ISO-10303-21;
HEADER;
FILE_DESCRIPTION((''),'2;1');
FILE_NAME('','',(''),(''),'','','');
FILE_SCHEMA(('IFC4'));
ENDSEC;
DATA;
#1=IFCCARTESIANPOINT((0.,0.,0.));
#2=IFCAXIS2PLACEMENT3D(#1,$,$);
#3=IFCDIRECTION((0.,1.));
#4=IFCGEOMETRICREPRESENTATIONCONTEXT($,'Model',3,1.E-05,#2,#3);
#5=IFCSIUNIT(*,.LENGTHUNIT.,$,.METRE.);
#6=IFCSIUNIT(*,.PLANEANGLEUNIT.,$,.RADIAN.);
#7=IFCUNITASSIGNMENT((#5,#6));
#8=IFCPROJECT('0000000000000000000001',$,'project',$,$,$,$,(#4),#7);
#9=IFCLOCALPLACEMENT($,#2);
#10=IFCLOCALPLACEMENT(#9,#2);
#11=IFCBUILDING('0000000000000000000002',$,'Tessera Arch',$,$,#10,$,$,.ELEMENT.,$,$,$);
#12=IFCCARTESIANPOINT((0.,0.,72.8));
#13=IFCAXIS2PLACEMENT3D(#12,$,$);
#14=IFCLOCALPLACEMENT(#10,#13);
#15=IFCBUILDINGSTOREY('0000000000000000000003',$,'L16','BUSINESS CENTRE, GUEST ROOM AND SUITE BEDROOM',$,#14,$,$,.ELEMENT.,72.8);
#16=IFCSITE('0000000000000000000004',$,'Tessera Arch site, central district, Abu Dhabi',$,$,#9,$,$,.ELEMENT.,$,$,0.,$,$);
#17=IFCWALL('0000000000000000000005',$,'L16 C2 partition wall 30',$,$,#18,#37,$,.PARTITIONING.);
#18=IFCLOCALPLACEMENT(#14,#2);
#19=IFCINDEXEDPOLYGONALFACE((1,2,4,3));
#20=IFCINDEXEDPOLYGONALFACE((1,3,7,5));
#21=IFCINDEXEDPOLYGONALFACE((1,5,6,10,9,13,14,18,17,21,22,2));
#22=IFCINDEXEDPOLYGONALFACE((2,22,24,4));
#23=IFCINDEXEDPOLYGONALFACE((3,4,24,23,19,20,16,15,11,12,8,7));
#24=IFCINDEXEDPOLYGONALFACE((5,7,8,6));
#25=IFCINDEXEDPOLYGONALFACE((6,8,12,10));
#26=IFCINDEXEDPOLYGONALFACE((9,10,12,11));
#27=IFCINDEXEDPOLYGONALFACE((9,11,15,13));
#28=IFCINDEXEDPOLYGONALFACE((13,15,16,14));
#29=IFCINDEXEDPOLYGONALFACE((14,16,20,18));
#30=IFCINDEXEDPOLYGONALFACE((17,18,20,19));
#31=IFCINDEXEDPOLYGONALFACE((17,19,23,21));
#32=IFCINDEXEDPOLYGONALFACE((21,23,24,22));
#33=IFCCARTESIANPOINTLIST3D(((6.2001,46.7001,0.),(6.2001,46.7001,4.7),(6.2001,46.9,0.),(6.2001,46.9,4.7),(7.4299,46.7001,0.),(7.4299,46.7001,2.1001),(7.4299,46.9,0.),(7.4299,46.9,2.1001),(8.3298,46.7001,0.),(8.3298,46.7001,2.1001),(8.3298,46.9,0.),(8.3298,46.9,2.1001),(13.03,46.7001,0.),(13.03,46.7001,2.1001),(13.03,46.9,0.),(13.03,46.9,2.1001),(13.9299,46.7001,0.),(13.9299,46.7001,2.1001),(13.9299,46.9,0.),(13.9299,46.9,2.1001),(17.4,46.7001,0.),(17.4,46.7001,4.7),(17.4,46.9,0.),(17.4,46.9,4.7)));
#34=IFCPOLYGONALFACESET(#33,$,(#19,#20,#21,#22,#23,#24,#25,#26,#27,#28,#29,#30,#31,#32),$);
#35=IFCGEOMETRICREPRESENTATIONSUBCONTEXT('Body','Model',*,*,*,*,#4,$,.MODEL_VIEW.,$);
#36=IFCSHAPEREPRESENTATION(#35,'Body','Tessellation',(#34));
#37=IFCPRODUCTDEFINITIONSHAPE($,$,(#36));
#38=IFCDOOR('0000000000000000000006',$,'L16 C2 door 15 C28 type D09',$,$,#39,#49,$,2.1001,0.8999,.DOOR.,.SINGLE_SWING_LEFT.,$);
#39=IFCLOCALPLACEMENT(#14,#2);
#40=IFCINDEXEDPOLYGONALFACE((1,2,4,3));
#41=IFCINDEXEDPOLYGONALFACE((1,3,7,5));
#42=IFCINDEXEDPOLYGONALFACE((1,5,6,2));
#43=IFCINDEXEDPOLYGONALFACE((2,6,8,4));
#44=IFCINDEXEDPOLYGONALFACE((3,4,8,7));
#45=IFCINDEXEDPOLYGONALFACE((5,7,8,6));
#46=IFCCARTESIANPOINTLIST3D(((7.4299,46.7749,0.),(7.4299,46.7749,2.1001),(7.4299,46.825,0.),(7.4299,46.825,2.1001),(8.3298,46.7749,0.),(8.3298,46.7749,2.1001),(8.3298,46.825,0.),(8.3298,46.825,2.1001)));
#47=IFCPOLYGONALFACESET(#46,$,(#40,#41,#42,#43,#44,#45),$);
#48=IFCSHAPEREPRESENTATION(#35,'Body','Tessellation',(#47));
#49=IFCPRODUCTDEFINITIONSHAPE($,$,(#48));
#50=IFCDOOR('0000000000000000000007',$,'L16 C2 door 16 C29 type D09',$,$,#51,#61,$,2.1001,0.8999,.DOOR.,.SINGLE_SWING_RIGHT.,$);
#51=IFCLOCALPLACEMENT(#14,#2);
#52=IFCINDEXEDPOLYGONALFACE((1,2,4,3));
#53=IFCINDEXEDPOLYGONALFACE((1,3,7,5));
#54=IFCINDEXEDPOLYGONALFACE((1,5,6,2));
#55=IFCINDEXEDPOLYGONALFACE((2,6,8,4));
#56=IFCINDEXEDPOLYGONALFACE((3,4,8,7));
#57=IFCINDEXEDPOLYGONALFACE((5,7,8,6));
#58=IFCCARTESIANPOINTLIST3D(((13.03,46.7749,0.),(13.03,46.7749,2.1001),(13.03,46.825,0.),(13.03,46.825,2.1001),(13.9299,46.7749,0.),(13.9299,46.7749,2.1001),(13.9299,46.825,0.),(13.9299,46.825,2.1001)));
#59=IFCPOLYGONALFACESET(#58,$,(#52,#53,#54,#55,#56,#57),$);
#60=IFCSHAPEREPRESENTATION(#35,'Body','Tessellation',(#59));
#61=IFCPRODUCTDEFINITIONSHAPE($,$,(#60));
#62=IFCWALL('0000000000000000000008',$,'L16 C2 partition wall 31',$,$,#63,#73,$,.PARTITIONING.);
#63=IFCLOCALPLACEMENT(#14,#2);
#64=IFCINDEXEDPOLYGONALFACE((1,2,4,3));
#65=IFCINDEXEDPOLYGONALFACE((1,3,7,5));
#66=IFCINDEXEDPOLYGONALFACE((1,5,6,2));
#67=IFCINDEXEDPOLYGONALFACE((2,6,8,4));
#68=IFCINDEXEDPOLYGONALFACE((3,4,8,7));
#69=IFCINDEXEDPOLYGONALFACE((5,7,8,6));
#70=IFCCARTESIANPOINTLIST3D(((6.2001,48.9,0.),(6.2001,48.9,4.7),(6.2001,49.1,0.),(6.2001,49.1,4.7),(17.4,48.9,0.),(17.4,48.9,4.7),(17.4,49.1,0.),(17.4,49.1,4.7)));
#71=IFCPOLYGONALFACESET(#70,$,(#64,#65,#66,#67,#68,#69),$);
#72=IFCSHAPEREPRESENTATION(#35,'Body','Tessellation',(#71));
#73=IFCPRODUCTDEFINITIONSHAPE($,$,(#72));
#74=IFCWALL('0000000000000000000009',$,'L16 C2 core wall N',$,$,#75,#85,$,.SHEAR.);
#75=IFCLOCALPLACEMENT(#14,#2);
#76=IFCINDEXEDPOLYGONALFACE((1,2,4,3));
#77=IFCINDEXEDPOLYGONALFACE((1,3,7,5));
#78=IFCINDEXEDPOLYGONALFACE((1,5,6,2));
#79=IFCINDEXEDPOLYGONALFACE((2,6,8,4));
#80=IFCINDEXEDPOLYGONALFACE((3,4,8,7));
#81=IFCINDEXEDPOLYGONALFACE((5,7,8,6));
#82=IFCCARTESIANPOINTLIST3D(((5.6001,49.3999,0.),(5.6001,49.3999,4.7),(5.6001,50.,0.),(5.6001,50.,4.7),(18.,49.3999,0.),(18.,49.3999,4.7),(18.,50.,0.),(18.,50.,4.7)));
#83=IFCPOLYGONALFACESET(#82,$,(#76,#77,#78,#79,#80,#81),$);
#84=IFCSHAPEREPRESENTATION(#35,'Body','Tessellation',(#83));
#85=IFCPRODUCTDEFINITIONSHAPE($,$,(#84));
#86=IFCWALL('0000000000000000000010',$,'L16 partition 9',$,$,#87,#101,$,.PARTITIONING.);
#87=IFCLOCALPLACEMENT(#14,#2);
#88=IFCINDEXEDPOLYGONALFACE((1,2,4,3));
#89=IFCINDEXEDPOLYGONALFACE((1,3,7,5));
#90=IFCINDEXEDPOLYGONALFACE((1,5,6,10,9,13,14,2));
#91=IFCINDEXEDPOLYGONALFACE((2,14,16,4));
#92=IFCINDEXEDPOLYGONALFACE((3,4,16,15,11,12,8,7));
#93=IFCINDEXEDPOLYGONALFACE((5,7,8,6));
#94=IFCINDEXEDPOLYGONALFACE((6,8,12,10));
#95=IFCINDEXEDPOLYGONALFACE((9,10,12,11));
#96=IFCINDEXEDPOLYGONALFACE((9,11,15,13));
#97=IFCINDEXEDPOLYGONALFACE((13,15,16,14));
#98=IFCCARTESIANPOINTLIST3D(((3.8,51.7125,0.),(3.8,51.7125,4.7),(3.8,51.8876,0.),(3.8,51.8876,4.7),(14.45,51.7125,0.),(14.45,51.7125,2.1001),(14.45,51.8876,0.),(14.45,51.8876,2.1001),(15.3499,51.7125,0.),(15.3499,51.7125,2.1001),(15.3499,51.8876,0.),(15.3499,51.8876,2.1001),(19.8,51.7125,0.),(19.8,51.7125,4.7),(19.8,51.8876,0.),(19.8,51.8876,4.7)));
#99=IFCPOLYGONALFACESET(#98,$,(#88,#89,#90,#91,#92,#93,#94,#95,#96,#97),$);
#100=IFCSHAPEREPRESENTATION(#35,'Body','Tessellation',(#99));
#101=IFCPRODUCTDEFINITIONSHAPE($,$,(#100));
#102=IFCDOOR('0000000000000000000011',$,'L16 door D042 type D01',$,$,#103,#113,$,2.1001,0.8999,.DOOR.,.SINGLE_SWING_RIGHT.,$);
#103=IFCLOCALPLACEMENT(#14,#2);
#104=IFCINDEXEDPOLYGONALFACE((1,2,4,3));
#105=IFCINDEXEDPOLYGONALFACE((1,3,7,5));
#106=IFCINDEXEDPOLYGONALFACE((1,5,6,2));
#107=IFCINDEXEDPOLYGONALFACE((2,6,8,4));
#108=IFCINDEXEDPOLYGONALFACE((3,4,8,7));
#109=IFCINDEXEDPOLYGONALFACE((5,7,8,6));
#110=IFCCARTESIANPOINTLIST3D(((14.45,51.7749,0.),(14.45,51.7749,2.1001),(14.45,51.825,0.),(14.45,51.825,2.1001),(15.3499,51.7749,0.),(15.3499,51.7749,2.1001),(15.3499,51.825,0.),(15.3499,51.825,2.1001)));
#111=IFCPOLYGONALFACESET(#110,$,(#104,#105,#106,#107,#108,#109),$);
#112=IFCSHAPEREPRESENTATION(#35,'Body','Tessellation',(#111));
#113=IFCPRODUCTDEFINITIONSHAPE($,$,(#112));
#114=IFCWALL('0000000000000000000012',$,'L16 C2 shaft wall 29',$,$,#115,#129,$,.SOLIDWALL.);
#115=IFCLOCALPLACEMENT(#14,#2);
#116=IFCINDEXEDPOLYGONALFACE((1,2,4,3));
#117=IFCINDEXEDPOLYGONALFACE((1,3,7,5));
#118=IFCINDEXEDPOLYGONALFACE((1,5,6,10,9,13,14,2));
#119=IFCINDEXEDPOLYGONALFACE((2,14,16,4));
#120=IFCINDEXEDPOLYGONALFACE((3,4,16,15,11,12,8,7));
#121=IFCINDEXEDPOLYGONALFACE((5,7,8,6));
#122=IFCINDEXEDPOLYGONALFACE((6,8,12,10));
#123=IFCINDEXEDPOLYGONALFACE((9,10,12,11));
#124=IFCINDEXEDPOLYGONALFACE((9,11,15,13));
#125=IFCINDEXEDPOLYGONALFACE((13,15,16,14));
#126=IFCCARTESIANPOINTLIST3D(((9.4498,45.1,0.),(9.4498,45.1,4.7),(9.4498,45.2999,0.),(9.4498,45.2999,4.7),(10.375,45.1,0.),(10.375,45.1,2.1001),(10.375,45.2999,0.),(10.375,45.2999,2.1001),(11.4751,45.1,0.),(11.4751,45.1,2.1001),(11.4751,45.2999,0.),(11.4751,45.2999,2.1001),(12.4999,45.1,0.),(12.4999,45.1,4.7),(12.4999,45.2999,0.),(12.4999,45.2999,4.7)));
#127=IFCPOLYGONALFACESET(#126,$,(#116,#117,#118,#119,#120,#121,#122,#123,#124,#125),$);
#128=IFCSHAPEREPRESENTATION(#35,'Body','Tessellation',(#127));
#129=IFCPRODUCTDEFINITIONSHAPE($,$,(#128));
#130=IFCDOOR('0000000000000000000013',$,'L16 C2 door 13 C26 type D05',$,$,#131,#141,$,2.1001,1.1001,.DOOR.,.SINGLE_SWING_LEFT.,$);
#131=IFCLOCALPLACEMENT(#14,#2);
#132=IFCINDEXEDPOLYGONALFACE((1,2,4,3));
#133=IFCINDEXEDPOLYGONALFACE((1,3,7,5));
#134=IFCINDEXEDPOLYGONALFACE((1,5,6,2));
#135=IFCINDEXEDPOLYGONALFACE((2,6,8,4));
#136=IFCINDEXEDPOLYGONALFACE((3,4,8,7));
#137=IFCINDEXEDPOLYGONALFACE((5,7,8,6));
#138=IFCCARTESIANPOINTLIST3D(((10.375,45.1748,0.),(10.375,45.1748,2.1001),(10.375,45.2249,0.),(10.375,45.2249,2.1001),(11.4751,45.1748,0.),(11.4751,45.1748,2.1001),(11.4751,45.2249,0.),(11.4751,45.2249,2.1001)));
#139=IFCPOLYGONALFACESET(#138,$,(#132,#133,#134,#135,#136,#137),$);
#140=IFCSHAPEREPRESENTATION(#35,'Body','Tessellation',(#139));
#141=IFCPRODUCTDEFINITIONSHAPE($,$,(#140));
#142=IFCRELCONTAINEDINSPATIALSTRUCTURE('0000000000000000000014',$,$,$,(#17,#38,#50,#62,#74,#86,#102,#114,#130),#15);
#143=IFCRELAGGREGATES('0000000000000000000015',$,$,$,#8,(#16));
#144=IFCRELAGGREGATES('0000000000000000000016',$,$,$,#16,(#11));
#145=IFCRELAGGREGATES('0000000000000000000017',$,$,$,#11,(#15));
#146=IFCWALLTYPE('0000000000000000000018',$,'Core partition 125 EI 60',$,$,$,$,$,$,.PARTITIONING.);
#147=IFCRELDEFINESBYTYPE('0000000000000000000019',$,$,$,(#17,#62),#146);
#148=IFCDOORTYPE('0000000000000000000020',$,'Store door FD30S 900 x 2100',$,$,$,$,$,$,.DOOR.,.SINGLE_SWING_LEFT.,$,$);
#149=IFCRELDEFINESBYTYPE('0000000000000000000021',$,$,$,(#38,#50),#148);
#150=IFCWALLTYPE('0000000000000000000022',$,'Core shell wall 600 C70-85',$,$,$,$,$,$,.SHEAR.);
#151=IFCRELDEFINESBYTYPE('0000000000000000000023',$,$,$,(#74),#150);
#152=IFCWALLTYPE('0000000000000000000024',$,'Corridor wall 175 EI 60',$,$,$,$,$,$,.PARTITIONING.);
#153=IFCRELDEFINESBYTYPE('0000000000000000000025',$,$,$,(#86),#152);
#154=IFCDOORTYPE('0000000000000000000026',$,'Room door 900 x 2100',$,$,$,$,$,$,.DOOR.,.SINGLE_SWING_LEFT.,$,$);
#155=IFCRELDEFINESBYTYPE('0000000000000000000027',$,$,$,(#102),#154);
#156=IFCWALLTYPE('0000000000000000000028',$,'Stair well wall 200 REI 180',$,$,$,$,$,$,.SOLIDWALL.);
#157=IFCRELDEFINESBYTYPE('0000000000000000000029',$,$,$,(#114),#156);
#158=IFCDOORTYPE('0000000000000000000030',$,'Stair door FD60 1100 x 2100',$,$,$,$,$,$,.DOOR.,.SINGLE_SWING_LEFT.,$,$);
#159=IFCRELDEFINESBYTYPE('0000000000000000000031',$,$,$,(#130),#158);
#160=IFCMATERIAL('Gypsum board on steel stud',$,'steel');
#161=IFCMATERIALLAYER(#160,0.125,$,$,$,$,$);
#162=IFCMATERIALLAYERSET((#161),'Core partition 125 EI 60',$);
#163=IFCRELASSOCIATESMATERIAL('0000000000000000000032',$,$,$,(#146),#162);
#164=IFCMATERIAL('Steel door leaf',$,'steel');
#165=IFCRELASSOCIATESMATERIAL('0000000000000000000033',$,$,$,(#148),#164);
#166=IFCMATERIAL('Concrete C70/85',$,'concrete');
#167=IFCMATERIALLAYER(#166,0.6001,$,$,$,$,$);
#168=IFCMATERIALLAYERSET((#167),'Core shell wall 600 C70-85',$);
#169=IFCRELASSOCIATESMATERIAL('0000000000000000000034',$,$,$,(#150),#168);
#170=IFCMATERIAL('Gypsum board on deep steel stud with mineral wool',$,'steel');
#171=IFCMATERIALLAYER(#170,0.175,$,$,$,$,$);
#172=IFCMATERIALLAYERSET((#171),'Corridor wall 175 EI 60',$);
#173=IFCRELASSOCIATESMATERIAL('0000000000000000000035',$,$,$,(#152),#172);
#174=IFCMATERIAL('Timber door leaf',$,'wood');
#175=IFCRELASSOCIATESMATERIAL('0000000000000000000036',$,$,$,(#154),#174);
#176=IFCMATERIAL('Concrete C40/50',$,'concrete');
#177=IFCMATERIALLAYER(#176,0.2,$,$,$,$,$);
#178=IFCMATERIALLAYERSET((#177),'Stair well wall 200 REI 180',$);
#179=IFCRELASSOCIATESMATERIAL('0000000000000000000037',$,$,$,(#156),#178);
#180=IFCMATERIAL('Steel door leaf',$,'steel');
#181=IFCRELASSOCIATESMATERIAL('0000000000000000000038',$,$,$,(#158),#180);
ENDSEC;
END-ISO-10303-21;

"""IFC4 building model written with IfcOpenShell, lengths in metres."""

from ifc_helpers import new_model, si_unit, direction, frame, frame_2d, origin, place, context, subcontext, project, spatial, rectangle, extrude, material, layer, layer_set, type_object, element, fill, save


model = new_model("IFC4")

# Units and contexts
model_context = context("Model", 3, precision=1e-05, world=origin(), true_north=direction((0.0, 1.0)))
body_context = subcontext(model_context, "Body", "Model", "MODEL_VIEW")
ifc_project = project(units=[si_unit("LENGTHUNIT", "METRE"), si_unit("PLANEANGLEUNIT", "RADIAN")], contexts=[model_context])

# Site, building, storey
site_placement = place(None, origin())
site = spatial("IfcSite", under=ifc_project, at=site_placement, Name="Tessera Arch site, central district, Abu Dhabi", CompositionType="ELEMENT", RefElevation=0.0)
building_placement = place(site_placement, origin())
building = spatial("IfcBuilding", under=site, at=building_placement, Name="Tessera Arch", CompositionType="ELEMENT")
storey_placement = place(building_placement, frame((0.0, 0.0, 72.8)))
storey = spatial("IfcBuildingStorey", under=building, at=storey_placement, Name="L16", Description="BUSINESS CENTRE, GUEST ROOM AND SUITE BEDROOM", CompositionType="ELEMENT", Elevation=72.8)

# Wall, openings, doors
ifc_material_1 = material(Name="Gypsum board on steel stud", Category="steel")
ifc_layer_1 = layer(ifc_material_1, 0.125)
ifc_layer_set_1 = layer_set([ifc_layer_1], Name="Core partition 125 EI 60")
wall_type_1 = type_object("IfcWallType", Name="Core partition 125 EI 60", PredefinedType="PARTITIONING", material=ifc_layer_set_1)
wall_1_placement = place(storey_placement, frame((6.2, 46.8, 0.0), z_axis=(0.0, 0.0, 1.0), x_axis=(1.0, 0.0, 0.0)))
wall_1 = element("IfcWall", 1, at=wall_1_placement, inside=storey, type_object=wall_type_1, Name="L16 C2 partition wall 30", PredefinedType="PARTITIONING", context=body_context, shape_type="SweptSolid", body=[
    extrude(rectangle(XDim=11.2, YDim=0.2, at=frame_2d((5.6001, 0.0))), origin(), (0.0, 0.0, 1.0), 4.7),
])
opening_1_placement = place(wall_1_placement, frame((1.23, 0.0, 0.0)))
opening_1 = element("IfcOpeningElement", 2, at=opening_1_placement, cuts=wall_1, PredefinedType="OPENING", context=body_context, shape_type="SweptSolid", body=[
    extrude(rectangle(XDim=0.8999, YDim=2.1001, at=frame_2d((0.45, 1.05))), frame((0.0, 0.1099, 0.0), z_axis=(0.0, -1.0, 0.0), x_axis=(1.0, 0.0, 0.0)), (0.0, 0.0, 1.0), 0.22),
])
opening_2_placement = place(wall_1_placement, frame((6.8301, 0.0, 0.0)))
opening_2 = element("IfcOpeningElement", 3, at=opening_2_placement, cuts=wall_1, PredefinedType="OPENING", context=body_context, shape_type="SweptSolid", body=[
    extrude(rectangle(XDim=0.8999, YDim=2.1001, at=frame_2d((0.45, 1.05))), frame((0.0, 0.1099, 0.0), z_axis=(0.0, -1.0, 0.0), x_axis=(1.0, 0.0, 0.0)), (0.0, 0.0, 1.0), 0.22),
])
ifc_material_2 = material(Name="Steel door leaf", Category="steel")
door_type_1 = type_object("IfcDoorType", Name="Store door FD30S 900 x 2100", OperationType="SINGLE_SWING_LEFT", PredefinedType="DOOR", material=ifc_material_2)
door_1_placement = place(opening_1_placement, origin())
door_1 = element("IfcDoor", 4, at=door_1_placement, inside=storey, type_object=door_type_1, Name="L16 C2 door 15 C28 type D09", OperationType="SINGLE_SWING_LEFT", OverallHeight=2.1001, OverallWidth=0.8999, PredefinedType="DOOR", context=body_context, shape_type="SweptSolid", body=[
    extrude(rectangle(XDim=0.8999, YDim=2.1001, at=frame_2d((0.45, 1.05))), frame((0.0, 0.0249, 0.0), z_axis=(0.0, -1.0, 0.0), x_axis=(1.0, 0.0, 0.0)), (0.0, 0.0, 1.0), 0.05),
])
fill(opening_1, door_1)
door_2_placement = place(opening_2_placement, origin())
door_2 = element("IfcDoor", 5, at=door_2_placement, inside=storey, type_object=door_type_1, Name="L16 C2 door 16 C29 type D09", OperationType="SINGLE_SWING_RIGHT", OverallHeight=2.1001, OverallWidth=0.8999, PredefinedType="DOOR", context=body_context, shape_type="SweptSolid", body=[
    extrude(rectangle(XDim=0.8999, YDim=2.1001, at=frame_2d((0.45, 1.05))), frame((0.0, 0.0249, 0.0), z_axis=(0.0, -1.0, 0.0), x_axis=(1.0, 0.0, 0.0)), (0.0, 0.0, 1.0), 0.05),
])
fill(opening_2, door_2)

# Walls
wall_2_placement = place(storey_placement, frame((6.2, 49.0, 0.0), z_axis=(0.0, 0.0, 1.0), x_axis=(1.0, 0.0, 0.0)))
element("IfcWall", 6, at=wall_2_placement, inside=storey, type_object=wall_type_1, Name="L16 C2 partition wall 31", PredefinedType="PARTITIONING", context=body_context, shape_type="SweptSolid", body=[
    extrude(rectangle(XDim=11.2, YDim=0.2, at=frame_2d((5.6001, 0.0))), origin(), (0.0, 0.0, 1.0), 4.7),
])
ifc_material_3 = material(Name="Concrete C70/85", Category="concrete")
ifc_layer_2 = layer(ifc_material_3, 0.6001)
ifc_layer_set_2 = layer_set([ifc_layer_2], Name="Core shell wall 600 C70-85")
wall_type_2 = type_object("IfcWallType", Name="Core shell wall 600 C70-85", PredefinedType="SHEAR", material=ifc_layer_set_2)
wall_3_placement = place(storey_placement, frame((5.6001, 49.7, 0.0), z_axis=(0.0, 0.0, 1.0), x_axis=(1.0, 0.0, 0.0)))
element("IfcWall", 7, at=wall_3_placement, inside=storey, type_object=wall_type_2, Name="L16 C2 core wall N", PredefinedType="SHEAR", context=body_context, shape_type="SweptSolid", body=[
    extrude(rectangle(XDim=12.3999, YDim=0.6001, at=frame_2d((6.2, 0.0))), origin(), (0.0, 0.0, 1.0), 4.7),
])

# Walls, openings, doors
ifc_material_4 = material(Name="Gypsum board on deep steel stud with mineral wool", Category="steel")
ifc_layer_3 = layer(ifc_material_4, 0.175)
ifc_layer_set_3 = layer_set([ifc_layer_3], Name="Corridor wall 175 EI 60")
wall_type_3 = type_object("IfcWallType", Name="Corridor wall 175 EI 60", PredefinedType="PARTITIONING", material=ifc_layer_set_3)
wall_4_placement = place(storey_placement, frame((3.8, 51.8, 0.0), z_axis=(0.0, 0.0, 1.0), x_axis=(1.0, 0.0, 0.0)))
wall_4 = element("IfcWall", 8, at=wall_4_placement, inside=storey, type_object=wall_type_3, Name="L16 partition 9", PredefinedType="PARTITIONING", context=body_context, shape_type="SweptSolid", body=[
    extrude(rectangle(XDim=16.0, YDim=0.175, at=frame_2d((8.0, 0.0))), origin(), (0.0, 0.0, 1.0), 4.7),
])
opening_3_placement = place(wall_4_placement, frame((10.6499, 0.0, 0.0)))
opening_3 = element("IfcOpeningElement", 9, at=opening_3_placement, cuts=wall_4, PredefinedType="OPENING", context=body_context, shape_type="SweptSolid", body=[
    extrude(rectangle(XDim=0.8999, YDim=2.1001, at=frame_2d((0.45, 1.05))), frame((0.0, 0.0974, 0.0), z_axis=(0.0, -1.0, 0.0), x_axis=(1.0, 0.0, 0.0)), (0.0, 0.0, 1.0), 0.1951),
])
ifc_material_5 = material(Name="Timber door leaf", Category="wood")
door_type_2 = type_object("IfcDoorType", Name="Room door 900 x 2100", OperationType="SINGLE_SWING_LEFT", PredefinedType="DOOR", material=ifc_material_5)
door_3_placement = place(opening_3_placement, origin())
door_3 = element("IfcDoor", 10, at=door_3_placement, inside=storey, type_object=door_type_2, Name="L16 door D042 type D01", OperationType="SINGLE_SWING_RIGHT", OverallHeight=2.1001, OverallWidth=0.8999, PredefinedType="DOOR", context=body_context, shape_type="SweptSolid", body=[
    extrude(rectangle(XDim=0.8999, YDim=2.1001, at=frame_2d((0.45, 1.05))), frame((0.0, 0.0249, 0.0), z_axis=(0.0, -1.0, 0.0), x_axis=(1.0, 0.0, 0.0)), (0.0, 0.0, 1.0), 0.05),
])
fill(opening_3, door_3)
ifc_material_6 = material(Name="Concrete C40/50", Category="concrete")
ifc_layer_4 = layer(ifc_material_6, 0.2)
ifc_layer_set_4 = layer_set([ifc_layer_4], Name="Stair well wall 200 REI 180")
wall_type_4 = type_object("IfcWallType", Name="Stair well wall 200 REI 180", PredefinedType="SOLIDWALL", material=ifc_layer_set_4)
wall_5_placement = place(storey_placement, frame((9.45, 45.2, 0.0), z_axis=(0.0, 0.0, 1.0), x_axis=(1.0, 0.0, 0.0)))
wall_5 = element("IfcWall", 11, at=wall_5_placement, inside=storey, type_object=wall_type_4, Name="L16 C2 shaft wall 29", PredefinedType="SOLIDWALL", context=body_context, shape_type="SweptSolid", body=[
    extrude(rectangle(XDim=3.05, YDim=0.2, at=frame_2d((1.5249, 0.0))), origin(), (0.0, 0.0, 1.0), 4.7),
])
opening_4_placement = place(wall_5_placement, frame((0.925, 0.0, 0.0)))
opening_4 = element("IfcOpeningElement", 12, at=opening_4_placement, cuts=wall_5, PredefinedType="OPENING", context=body_context, shape_type="SweptSolid", body=[
    extrude(rectangle(XDim=1.1001, YDim=2.1001, at=frame_2d((0.55, 1.05))), frame((0.0, 0.1099, 0.0), z_axis=(0.0, -1.0, 0.0), x_axis=(1.0, 0.0, 0.0)), (0.0, 0.0, 1.0), 0.22),
])
ifc_material_7 = material(Name="Steel door leaf", Category="steel")
door_type_3 = type_object("IfcDoorType", Name="Stair door FD60 1100 x 2100", OperationType="SINGLE_SWING_LEFT", PredefinedType="DOOR", material=ifc_material_7)
door_4_placement = place(opening_4_placement, origin())
door_4 = element("IfcDoor", 13, at=door_4_placement, inside=storey, type_object=door_type_3, Name="L16 C2 door 13 C26 type D05", OperationType="SINGLE_SWING_LEFT", OverallHeight=2.1001, OverallWidth=1.1001, PredefinedType="DOOR", context=body_context, shape_type="SweptSolid", body=[
    extrude(rectangle(XDim=1.1001, YDim=2.1001, at=frame_2d((0.55, 1.05))), frame((0.0, 0.0249, 0.0), z_axis=(0.0, -1.0, 0.0), x_axis=(1.0, 0.0, 0.0)), (0.0, 0.0, 1.0), 0.05),
])
fill(opening_4, door_4)

save(model, "model.ifc")
